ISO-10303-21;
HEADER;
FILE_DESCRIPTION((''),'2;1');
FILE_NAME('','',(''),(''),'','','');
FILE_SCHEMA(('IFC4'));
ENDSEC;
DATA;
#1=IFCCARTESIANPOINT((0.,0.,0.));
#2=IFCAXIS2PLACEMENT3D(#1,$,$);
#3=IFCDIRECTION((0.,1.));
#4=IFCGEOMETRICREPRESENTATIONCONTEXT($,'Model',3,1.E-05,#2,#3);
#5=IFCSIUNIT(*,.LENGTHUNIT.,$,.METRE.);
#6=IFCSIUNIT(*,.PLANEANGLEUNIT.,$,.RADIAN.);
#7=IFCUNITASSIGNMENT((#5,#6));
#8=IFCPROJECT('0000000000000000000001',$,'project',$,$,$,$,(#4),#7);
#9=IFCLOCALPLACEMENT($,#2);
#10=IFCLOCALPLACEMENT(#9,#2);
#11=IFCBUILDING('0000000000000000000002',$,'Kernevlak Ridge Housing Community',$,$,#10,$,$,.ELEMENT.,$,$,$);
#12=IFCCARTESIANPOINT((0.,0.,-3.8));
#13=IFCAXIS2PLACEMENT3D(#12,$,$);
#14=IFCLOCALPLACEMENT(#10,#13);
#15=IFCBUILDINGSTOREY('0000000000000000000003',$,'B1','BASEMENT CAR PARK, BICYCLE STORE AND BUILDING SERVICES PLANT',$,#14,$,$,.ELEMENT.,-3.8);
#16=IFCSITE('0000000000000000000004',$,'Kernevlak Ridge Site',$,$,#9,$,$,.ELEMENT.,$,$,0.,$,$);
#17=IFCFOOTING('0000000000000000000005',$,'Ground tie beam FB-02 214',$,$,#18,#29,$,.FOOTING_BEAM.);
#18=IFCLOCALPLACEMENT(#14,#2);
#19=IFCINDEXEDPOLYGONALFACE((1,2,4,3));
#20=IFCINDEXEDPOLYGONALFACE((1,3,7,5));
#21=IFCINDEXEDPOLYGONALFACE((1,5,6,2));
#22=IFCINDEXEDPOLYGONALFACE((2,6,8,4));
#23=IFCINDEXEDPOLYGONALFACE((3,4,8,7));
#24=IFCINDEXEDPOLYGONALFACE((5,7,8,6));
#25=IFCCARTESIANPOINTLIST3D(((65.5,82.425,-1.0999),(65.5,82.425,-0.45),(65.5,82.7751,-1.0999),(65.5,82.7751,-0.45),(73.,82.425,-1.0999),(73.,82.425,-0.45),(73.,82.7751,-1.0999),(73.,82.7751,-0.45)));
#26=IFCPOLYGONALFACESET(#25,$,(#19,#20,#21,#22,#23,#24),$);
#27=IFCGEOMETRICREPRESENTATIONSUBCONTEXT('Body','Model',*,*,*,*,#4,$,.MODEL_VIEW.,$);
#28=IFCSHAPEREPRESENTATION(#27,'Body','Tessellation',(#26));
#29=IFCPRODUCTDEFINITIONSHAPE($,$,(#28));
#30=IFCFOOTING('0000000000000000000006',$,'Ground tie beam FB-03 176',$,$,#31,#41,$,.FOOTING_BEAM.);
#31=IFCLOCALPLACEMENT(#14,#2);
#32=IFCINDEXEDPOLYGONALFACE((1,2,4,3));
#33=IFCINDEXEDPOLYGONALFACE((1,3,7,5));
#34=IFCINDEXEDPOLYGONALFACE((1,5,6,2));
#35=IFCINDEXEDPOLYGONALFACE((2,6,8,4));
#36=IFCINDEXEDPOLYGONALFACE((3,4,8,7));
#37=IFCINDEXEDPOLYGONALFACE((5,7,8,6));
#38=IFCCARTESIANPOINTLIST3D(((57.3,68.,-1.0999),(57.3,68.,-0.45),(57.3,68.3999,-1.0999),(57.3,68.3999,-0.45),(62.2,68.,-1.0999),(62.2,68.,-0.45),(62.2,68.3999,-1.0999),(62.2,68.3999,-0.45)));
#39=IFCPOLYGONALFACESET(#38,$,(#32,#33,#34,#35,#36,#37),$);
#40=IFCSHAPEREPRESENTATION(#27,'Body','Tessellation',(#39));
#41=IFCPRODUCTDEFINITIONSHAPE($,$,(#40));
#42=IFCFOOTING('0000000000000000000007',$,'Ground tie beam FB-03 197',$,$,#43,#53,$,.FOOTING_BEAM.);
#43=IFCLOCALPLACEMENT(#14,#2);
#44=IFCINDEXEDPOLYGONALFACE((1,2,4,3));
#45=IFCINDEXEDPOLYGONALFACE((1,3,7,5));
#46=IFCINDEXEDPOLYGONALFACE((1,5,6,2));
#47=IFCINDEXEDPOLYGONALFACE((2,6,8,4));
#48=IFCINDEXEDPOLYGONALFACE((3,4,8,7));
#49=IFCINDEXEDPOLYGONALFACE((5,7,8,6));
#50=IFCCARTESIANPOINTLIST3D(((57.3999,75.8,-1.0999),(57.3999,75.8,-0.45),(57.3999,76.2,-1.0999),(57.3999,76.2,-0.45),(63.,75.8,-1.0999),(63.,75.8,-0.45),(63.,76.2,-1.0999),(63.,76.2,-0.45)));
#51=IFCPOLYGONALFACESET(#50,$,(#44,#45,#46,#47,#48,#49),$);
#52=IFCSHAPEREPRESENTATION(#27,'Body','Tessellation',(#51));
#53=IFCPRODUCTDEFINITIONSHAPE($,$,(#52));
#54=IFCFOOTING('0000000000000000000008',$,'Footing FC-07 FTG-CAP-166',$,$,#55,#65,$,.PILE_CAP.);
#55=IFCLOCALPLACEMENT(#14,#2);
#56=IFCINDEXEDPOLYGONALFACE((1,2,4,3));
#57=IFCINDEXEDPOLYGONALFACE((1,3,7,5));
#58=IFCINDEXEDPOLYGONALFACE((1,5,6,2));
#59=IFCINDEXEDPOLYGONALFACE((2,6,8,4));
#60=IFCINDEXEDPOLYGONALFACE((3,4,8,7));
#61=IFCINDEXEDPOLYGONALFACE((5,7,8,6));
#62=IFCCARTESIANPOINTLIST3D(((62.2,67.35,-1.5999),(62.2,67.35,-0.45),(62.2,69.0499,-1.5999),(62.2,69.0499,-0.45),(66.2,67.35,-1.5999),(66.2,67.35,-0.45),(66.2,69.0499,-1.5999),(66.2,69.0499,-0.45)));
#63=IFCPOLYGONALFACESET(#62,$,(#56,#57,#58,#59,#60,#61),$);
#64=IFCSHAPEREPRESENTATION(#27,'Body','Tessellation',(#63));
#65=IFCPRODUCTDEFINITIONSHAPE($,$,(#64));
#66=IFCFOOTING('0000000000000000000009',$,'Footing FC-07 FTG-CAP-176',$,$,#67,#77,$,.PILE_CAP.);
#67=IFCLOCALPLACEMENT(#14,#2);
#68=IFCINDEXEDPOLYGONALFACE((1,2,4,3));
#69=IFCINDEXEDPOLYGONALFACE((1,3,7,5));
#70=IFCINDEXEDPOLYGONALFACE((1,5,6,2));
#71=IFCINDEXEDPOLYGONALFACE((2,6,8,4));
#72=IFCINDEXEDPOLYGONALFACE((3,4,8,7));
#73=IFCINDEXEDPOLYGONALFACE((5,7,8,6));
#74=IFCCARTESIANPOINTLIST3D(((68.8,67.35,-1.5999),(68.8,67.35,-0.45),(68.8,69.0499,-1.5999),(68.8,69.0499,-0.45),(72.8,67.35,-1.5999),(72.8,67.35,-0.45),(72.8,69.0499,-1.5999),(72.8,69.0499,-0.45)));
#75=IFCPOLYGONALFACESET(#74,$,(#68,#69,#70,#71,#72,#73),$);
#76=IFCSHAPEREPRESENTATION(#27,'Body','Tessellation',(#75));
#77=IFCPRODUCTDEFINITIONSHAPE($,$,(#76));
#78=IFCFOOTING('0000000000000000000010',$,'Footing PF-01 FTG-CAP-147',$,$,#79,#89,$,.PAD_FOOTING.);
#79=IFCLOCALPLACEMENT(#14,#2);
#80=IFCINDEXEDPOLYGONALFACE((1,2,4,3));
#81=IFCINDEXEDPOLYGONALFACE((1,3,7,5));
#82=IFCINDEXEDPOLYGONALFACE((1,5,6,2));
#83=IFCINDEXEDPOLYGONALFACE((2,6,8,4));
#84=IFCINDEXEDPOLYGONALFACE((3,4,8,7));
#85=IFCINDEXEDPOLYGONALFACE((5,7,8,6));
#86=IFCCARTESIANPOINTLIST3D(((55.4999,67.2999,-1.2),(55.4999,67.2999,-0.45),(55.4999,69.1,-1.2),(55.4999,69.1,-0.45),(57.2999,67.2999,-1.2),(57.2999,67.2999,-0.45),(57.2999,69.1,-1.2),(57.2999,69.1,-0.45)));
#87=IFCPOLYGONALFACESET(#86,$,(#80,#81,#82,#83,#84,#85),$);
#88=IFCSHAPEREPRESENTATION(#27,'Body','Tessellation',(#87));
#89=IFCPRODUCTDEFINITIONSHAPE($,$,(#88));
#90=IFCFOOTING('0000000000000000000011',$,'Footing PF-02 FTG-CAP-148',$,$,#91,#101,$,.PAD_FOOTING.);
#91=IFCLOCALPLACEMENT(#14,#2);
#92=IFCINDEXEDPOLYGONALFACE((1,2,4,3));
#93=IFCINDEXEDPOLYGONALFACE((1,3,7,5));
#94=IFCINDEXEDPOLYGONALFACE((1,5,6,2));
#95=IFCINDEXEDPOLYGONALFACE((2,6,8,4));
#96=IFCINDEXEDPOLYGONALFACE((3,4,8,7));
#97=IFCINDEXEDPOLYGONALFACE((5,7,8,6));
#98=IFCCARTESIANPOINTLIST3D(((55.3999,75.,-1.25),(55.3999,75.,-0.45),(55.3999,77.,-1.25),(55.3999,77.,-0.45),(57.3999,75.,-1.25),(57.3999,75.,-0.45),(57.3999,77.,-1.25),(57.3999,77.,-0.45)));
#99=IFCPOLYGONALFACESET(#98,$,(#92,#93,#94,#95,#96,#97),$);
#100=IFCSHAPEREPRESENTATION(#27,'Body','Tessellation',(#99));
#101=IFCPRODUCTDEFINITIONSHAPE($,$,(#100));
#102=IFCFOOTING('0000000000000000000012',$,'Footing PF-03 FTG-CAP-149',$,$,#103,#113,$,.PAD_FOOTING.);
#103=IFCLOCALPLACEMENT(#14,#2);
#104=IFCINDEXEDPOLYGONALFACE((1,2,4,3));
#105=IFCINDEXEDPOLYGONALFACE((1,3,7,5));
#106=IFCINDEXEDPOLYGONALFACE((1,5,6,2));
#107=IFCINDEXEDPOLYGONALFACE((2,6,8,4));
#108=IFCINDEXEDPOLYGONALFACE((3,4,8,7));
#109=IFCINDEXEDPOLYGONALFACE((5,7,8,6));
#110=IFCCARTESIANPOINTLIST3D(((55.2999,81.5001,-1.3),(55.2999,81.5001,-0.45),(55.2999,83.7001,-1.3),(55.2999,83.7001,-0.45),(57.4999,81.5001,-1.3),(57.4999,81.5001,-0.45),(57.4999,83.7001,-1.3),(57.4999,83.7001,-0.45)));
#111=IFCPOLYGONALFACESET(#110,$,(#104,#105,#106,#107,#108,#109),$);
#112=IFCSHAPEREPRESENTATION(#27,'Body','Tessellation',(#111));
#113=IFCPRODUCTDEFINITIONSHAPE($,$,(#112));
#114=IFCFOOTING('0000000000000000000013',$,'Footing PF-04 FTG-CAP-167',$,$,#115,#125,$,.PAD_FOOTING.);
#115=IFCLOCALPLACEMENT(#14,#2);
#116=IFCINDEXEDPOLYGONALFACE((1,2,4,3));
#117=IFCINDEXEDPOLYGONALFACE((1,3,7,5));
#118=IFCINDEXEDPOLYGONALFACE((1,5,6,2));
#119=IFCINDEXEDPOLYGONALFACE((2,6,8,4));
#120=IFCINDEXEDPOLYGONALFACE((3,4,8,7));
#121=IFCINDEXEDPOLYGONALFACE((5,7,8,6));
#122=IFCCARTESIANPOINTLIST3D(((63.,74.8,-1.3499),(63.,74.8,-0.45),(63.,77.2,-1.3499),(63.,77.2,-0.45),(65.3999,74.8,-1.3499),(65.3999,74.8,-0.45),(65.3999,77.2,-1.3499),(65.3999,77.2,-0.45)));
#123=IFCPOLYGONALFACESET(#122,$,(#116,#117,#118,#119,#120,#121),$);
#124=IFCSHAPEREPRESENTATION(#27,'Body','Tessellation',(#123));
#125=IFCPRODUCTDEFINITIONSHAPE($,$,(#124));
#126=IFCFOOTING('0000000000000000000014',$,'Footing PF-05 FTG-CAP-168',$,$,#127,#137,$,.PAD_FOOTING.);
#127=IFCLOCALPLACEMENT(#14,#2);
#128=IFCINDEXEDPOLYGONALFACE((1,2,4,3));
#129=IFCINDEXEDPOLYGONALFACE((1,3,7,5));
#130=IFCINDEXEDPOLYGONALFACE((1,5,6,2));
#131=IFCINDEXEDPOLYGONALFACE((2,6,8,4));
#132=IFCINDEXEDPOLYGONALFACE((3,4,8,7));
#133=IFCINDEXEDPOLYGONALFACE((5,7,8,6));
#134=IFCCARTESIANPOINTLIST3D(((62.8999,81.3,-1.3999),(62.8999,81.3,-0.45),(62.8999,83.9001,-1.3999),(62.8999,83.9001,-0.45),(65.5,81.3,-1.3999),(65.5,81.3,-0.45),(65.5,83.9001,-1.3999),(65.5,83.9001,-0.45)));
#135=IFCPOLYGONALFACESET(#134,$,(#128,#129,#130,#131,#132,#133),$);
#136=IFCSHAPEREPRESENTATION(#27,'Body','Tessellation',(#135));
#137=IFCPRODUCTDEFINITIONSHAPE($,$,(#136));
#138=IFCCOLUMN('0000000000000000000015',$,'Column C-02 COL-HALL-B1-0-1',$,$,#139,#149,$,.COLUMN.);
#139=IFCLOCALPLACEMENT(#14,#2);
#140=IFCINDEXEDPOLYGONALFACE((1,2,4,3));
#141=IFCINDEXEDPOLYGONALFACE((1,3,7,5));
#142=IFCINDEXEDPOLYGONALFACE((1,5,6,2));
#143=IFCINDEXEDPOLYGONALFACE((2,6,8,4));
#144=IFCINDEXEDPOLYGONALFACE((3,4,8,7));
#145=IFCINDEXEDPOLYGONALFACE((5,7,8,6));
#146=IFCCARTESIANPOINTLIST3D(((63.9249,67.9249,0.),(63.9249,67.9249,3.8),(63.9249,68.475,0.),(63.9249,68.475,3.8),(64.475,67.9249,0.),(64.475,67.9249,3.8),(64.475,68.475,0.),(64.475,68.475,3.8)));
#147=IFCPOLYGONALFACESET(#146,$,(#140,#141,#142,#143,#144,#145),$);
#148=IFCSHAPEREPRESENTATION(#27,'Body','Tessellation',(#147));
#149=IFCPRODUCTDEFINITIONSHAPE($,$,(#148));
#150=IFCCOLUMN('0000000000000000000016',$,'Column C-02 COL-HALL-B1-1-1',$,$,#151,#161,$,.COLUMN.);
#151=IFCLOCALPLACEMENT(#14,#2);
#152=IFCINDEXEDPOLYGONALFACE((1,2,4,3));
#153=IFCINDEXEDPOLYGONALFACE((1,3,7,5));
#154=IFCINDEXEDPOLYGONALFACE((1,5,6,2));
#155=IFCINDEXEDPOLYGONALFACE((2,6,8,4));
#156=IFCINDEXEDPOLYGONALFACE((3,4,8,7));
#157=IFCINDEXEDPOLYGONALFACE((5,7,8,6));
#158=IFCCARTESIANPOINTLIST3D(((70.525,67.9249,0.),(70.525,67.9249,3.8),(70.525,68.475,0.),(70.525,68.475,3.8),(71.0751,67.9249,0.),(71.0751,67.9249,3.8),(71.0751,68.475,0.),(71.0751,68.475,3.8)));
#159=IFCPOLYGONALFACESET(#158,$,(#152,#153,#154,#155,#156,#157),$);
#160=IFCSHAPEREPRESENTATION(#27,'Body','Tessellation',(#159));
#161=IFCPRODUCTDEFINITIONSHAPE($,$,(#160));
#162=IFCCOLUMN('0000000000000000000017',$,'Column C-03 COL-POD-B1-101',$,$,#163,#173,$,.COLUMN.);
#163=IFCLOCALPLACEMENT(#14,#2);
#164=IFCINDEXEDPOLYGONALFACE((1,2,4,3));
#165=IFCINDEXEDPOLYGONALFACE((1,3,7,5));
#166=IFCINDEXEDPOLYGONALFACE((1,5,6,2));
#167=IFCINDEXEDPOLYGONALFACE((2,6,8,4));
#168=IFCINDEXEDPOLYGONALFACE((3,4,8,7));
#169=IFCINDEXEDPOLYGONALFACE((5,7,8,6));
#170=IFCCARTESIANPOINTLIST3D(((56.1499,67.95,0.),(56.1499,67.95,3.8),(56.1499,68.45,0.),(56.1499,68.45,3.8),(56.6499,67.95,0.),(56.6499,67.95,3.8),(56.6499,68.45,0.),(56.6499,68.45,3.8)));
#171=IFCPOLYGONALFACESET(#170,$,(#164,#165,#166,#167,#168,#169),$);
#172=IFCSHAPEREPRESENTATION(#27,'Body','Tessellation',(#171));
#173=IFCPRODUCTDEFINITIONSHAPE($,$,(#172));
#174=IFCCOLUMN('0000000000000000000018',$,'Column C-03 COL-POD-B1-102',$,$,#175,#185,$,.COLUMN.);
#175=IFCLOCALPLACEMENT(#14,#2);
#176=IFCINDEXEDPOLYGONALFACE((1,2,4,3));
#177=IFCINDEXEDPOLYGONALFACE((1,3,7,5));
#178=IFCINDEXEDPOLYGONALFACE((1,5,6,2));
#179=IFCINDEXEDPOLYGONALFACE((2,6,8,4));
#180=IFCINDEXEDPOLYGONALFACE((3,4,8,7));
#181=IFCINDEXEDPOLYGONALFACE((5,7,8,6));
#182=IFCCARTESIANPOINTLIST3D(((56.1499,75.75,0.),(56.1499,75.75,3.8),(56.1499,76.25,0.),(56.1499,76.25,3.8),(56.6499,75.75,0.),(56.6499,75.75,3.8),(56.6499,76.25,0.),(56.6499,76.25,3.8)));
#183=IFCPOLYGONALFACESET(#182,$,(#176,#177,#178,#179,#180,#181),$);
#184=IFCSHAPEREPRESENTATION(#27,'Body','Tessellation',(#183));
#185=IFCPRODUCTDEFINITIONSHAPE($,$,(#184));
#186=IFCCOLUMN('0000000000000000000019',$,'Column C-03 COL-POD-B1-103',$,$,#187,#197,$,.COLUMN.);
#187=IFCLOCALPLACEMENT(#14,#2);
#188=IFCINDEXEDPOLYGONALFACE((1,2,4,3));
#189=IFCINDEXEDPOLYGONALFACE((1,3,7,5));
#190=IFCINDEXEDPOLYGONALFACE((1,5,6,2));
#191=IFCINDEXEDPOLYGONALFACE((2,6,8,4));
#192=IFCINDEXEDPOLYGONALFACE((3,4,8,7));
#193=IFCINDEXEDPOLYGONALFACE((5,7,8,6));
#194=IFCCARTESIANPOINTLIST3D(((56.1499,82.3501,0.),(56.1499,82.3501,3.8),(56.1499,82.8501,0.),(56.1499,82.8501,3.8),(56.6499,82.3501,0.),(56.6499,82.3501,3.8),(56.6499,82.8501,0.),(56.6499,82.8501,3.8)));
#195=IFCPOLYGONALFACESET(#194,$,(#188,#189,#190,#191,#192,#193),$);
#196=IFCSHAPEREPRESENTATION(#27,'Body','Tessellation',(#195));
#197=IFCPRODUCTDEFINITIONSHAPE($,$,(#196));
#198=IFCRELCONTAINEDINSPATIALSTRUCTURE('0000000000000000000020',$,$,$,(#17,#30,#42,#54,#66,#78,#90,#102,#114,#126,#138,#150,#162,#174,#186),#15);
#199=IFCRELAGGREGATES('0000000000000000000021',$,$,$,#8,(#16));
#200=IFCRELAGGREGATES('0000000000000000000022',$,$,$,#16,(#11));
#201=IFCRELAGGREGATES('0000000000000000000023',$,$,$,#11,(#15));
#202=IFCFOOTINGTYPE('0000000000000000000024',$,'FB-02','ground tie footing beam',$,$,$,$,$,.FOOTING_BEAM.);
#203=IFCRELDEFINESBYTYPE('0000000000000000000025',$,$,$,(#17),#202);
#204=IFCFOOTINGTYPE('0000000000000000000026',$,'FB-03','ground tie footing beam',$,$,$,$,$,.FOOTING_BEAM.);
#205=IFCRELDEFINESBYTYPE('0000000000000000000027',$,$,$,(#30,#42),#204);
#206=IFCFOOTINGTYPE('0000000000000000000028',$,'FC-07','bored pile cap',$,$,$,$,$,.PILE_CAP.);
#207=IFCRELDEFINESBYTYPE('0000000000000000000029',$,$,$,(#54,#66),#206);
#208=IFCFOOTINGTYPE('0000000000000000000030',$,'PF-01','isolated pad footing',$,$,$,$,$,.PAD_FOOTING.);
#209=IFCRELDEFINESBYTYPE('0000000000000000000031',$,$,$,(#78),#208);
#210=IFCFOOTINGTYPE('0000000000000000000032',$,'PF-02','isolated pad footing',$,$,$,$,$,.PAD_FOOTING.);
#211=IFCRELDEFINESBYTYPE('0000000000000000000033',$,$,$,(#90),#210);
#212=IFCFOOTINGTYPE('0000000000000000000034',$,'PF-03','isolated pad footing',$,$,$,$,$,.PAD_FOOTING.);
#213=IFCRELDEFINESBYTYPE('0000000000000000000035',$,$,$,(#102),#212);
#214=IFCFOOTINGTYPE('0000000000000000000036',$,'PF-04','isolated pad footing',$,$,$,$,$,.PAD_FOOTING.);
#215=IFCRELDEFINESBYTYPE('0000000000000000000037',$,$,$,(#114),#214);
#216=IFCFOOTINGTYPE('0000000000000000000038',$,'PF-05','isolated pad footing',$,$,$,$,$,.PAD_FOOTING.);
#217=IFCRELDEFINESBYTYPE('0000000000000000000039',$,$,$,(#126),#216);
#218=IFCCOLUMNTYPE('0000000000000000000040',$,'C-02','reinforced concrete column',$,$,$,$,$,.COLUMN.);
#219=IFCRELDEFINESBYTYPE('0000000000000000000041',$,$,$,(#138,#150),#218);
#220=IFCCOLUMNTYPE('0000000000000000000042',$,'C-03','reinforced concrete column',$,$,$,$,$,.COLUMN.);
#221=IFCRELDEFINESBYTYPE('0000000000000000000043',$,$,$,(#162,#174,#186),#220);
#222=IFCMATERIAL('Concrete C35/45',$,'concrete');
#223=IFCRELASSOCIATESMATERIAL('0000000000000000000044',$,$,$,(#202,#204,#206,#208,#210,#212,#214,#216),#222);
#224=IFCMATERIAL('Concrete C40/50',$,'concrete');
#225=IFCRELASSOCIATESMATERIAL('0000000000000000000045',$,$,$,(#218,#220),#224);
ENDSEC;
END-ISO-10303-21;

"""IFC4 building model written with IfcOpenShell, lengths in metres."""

from ifc_helpers import new_model, si_unit, direction, frame, origin, origin_2d, place, context, subcontext, project, spatial, rectangle, extrude, material, material_profile, profile_set, type_object, element, save


model = new_model("IFC4")

# Units and contexts
model_context = context("Model", 3, precision=1e-05, world=origin(), true_north=direction((0.0, 1.0)))
body_context = subcontext(model_context, "Body", "Model", "MODEL_VIEW")
ifc_project = project(units=[si_unit("LENGTHUNIT", "METRE"), si_unit("PLANEANGLEUNIT", "RADIAN")], contexts=[model_context])

# Site, building, storey
site_placement = place(None, origin())
site = spatial("IfcSite", under=ifc_project, at=site_placement, Name="Kernevlak Ridge Site", CompositionType="ELEMENT", RefElevation=0.0)
building_placement = place(site_placement, origin())
building = spatial("IfcBuilding", under=site, at=building_placement, Name="Kernevlak Ridge Housing Community", CompositionType="ELEMENT")
storey_placement = place(building_placement, frame((0.0, 0.0, -3.8)))
storey = spatial("IfcBuildingStorey", under=building, at=storey_placement, Name="B1", Description="BASEMENT CAR PARK, BICYCLE STORE AND BUILDING SERVICES PLANT", CompositionType="ELEMENT", Elevation=-3.8)

# Shared definitions
ifc_material_1 = material(Name="Concrete C35/45", Category="concrete")

# Footings
ifc_material_profile_1 = material_profile(ifc_material_1, rectangle(XDim=0.3501, YDim=0.6499, at=origin_2d()), Name="RC 350x650")
ifc_profile_set_1 = profile_set([ifc_material_profile_1], Name="Concrete C35/45")
footing_type_1 = type_object("IfcFootingType", Name="FB-02", Description="ground tie footing beam", PredefinedType="FOOTING_BEAM", material=ifc_profile_set_1)
footing_1_placement = place(storey_placement, frame((65.5, 82.6001, -0.7749), z_axis=(1.0, 0.0, 0.0), x_axis=(0.0, 1.0, 0.0)))
element("IfcFooting", 1, at=footing_1_placement, inside=storey, type_object=footing_type_1, Name="Ground tie beam FB-02 214", PredefinedType="FOOTING_BEAM", context=body_context, shape_type="SweptSolid", body=[
    extrude(rectangle(XDim=0.3501, YDim=0.6499, at=origin_2d()), origin(), (0.0, 0.0, 1.0), 7.5),
])
ifc_material_profile_2 = material_profile(ifc_material_1, rectangle(XDim=0.3999, YDim=0.6499, at=origin_2d()), Name="RC 400x650")
ifc_profile_set_2 = profile_set([ifc_material_profile_2], Name="Concrete C35/45")
footing_type_2 = type_object("IfcFootingType", Name="FB-03", Description="ground tie footing beam", PredefinedType="FOOTING_BEAM", material=ifc_profile_set_2)
footing_2_placement = place(storey_placement, frame((57.3, 68.2, -0.7749), z_axis=(1.0, 0.0, 0.0), x_axis=(0.0, 1.0, 0.0)))
element("IfcFooting", 2, at=footing_2_placement, inside=storey, type_object=footing_type_2, Name="Ground tie beam FB-03 176", PredefinedType="FOOTING_BEAM", context=body_context, shape_type="SweptSolid", body=[
    extrude(rectangle(XDim=0.3999, YDim=0.6499, at=origin_2d()), origin(), (0.0, 0.0, 1.0), 4.8999),
])
footing_3_placement = place(storey_placement, frame((57.3999, 76.0, -0.7749), z_axis=(1.0, 0.0, 0.0), x_axis=(0.0, 1.0, 0.0)))
element("IfcFooting", 3, at=footing_3_placement, inside=storey, type_object=footing_type_2, Name="Ground tie beam FB-03 197", PredefinedType="FOOTING_BEAM", context=body_context, shape_type="SweptSolid", body=[
    extrude(rectangle(XDim=0.3999, YDim=0.6499, at=origin_2d()), origin(), (0.0, 0.0, 1.0), 5.6001),
])
footing_type_3 = type_object("IfcFootingType", Name="FC-07", Description="bored pile cap", PredefinedType="PILE_CAP", material=ifc_material_1)
for number, where, z_axis, x_axis, name in (
    (4, (64.2, 68.2, -1.5999), (0.0, 0.0, 1.0), (1.0, 0.0, 0.0), "Footing FC-07 FTG-CAP-166"),
    (5, (70.8, 68.2, -1.5999), (0.0, 0.0, 1.0), (1.0, 0.0, 0.0), "Footing FC-07 FTG-CAP-176"),
):
    element("IfcFooting", number, at=place(storey_placement, frame(where, z_axis=z_axis, x_axis=x_axis)), inside=storey, type_object=footing_type_3, Name=name, PredefinedType="PILE_CAP", context=body_context, shape_type="SweptSolid", body=[
        extrude(rectangle(XDim=4.0, YDim=1.7, at=origin_2d()), origin(), (0.0, 0.0, 1.0), 1.1499),
    ])
footing_type_4 = type_object("IfcFootingType", Name="PF-01", Description="isolated pad footing", PredefinedType="PAD_FOOTING", material=ifc_material_1)
footing_4_placement = place(storey_placement, frame((56.3999, 68.2, -1.2), z_axis=(0.0, 0.0, 1.0), x_axis=(1.0, 0.0, 0.0)))
element("IfcFooting", 6, at=footing_4_placement, inside=storey, type_object=footing_type_4, Name="Footing PF-01 FTG-CAP-147", PredefinedType="PAD_FOOTING", context=body_context, shape_type="SweptSolid", body=[
    extrude(rectangle(XDim=1.8, YDim=1.8, at=origin_2d()), origin(), (0.0, 0.0, 1.0), 0.75),
])
footing_type_5 = type_object("IfcFootingType", Name="PF-02", Description="isolated pad footing", PredefinedType="PAD_FOOTING", material=ifc_material_1)
footing_5_placement = place(storey_placement, frame((56.3999, 76.0, -1.25), z_axis=(0.0, 0.0, 1.0), x_axis=(1.0, 0.0, 0.0)))
element("IfcFooting", 7, at=footing_5_placement, inside=storey, type_object=footing_type_5, Name="Footing PF-02 FTG-CAP-148", PredefinedType="PAD_FOOTING", context=body_context, shape_type="SweptSolid", body=[
    extrude(rectangle(XDim=2.0, YDim=2.0, at=origin_2d()), origin(), (0.0, 0.0, 1.0), 0.8),
])
footing_type_6 = type_object("IfcFootingType", Name="PF-03", Description="isolated pad footing", PredefinedType="PAD_FOOTING", material=ifc_material_1)
footing_6_placement = place(storey_placement, frame((56.3999, 82.6001, -1.3), z_axis=(0.0, 0.0, 1.0), x_axis=(1.0, 0.0, 0.0)))
element("IfcFooting", 8, at=footing_6_placement, inside=storey, type_object=footing_type_6, Name="Footing PF-03 FTG-CAP-149", PredefinedType="PAD_FOOTING", context=body_context, shape_type="SweptSolid", body=[
    extrude(rectangle(XDim=2.2, YDim=2.2, at=origin_2d()), origin(), (0.0, 0.0, 1.0), 0.8501),
])
footing_type_7 = type_object("IfcFootingType", Name="PF-04", Description="isolated pad footing", PredefinedType="PAD_FOOTING", material=ifc_material_1)
footing_7_placement = place(storey_placement, frame((64.2, 76.0, -1.3499), z_axis=(0.0, 0.0, 1.0), x_axis=(1.0, 0.0, 0.0)))
element("IfcFooting", 9, at=footing_7_placement, inside=storey, type_object=footing_type_7, Name="Footing PF-04 FTG-CAP-167", PredefinedType="PAD_FOOTING", context=body_context, shape_type="SweptSolid", body=[
    extrude(rectangle(XDim=2.3999, YDim=2.3999, at=origin_2d()), origin(), (0.0, 0.0, 1.0), 0.8999),
])
footing_type_8 = type_object("IfcFootingType", Name="PF-05", Description="isolated pad footing", PredefinedType="PAD_FOOTING", material=ifc_material_1)
footing_8_placement = place(storey_placement, frame((64.2, 82.6001, -1.3999), z_axis=(0.0, 0.0, 1.0), x_axis=(1.0, 0.0, 0.0)))
element("IfcFooting", 10, at=footing_8_placement, inside=storey, type_object=footing_type_8, Name="Footing PF-05 FTG-CAP-168", PredefinedType="PAD_FOOTING", context=body_context, shape_type="SweptSolid", body=[
    extrude(rectangle(XDim=2.6001, YDim=2.6001, at=origin_2d()), origin(), (0.0, 0.0, 1.0), 0.95),
])

# Columns
ifc_material_2 = material(Name="Concrete C40/50", Category="concrete")
ifc_material_profile_3 = material_profile(ifc_material_2, rectangle(XDim=0.55, YDim=0.55, at=origin_2d()), Name="RC 550x550")
ifc_profile_set_3 = profile_set([ifc_material_profile_3], Name="Concrete C40/50")
column_type_1 = type_object("IfcColumnType", Name="C-02", Description="reinforced concrete column", PredefinedType="COLUMN", material=ifc_profile_set_3)
for number, where, z_axis, x_axis, name in (
    (11, (64.2, 68.2, 0.0), (0.0, 0.0, 1.0), (1.0, 0.0, 0.0), "Column C-02 COL-HALL-B1-0-1"),
    (12, (70.8, 68.2, 0.0), (0.0, 0.0, 1.0), (1.0, 0.0, 0.0), "Column C-02 COL-HALL-B1-1-1"),
):
    element("IfcColumn", number, at=place(storey_placement, frame(where, z_axis=z_axis, x_axis=x_axis)), inside=storey, type_object=column_type_1, Name=name, PredefinedType="COLUMN", context=body_context, shape_type="SweptSolid", body=[
        extrude(rectangle(XDim=0.55, YDim=0.55, at=origin_2d()), origin(), (0.0, 0.0, 1.0), 3.8),
    ])
ifc_material_profile_4 = material_profile(ifc_material_2, rectangle(XDim=0.5, YDim=0.5, at=origin_2d()), Name="RC 500x500")
ifc_profile_set_4 = profile_set([ifc_material_profile_4], Name="Concrete C40/50")
column_type_2 = type_object("IfcColumnType", Name="C-03", Description="reinforced concrete column", PredefinedType="COLUMN", material=ifc_profile_set_4)
for number, where, z_axis, x_axis, name in (
    (13, (56.3999, 68.2, 0.0), (0.0, 0.0, 1.0), (1.0, 0.0, 0.0), "Column C-03 COL-POD-B1-101"),
    (14, (56.3999, 76.0, 0.0), (0.0, 0.0, 1.0), (1.0, 0.0, 0.0), "Column C-03 COL-POD-B1-102"),
    (15, (56.3999, 82.6001, 0.0), (0.0, 0.0, 1.0), (1.0, 0.0, 0.0), "Column C-03 COL-POD-B1-103"),
):
    element("IfcColumn", number, at=place(storey_placement, frame(where, z_axis=z_axis, x_axis=x_axis)), inside=storey, type_object=column_type_2, Name=name, PredefinedType="COLUMN", context=body_context, shape_type="SweptSolid", body=[
        extrude(rectangle(XDim=0.5, YDim=0.5, at=origin_2d()), origin(), (0.0, 0.0, 1.0), 3.8),
    ])

save(model, "model.ifc")
